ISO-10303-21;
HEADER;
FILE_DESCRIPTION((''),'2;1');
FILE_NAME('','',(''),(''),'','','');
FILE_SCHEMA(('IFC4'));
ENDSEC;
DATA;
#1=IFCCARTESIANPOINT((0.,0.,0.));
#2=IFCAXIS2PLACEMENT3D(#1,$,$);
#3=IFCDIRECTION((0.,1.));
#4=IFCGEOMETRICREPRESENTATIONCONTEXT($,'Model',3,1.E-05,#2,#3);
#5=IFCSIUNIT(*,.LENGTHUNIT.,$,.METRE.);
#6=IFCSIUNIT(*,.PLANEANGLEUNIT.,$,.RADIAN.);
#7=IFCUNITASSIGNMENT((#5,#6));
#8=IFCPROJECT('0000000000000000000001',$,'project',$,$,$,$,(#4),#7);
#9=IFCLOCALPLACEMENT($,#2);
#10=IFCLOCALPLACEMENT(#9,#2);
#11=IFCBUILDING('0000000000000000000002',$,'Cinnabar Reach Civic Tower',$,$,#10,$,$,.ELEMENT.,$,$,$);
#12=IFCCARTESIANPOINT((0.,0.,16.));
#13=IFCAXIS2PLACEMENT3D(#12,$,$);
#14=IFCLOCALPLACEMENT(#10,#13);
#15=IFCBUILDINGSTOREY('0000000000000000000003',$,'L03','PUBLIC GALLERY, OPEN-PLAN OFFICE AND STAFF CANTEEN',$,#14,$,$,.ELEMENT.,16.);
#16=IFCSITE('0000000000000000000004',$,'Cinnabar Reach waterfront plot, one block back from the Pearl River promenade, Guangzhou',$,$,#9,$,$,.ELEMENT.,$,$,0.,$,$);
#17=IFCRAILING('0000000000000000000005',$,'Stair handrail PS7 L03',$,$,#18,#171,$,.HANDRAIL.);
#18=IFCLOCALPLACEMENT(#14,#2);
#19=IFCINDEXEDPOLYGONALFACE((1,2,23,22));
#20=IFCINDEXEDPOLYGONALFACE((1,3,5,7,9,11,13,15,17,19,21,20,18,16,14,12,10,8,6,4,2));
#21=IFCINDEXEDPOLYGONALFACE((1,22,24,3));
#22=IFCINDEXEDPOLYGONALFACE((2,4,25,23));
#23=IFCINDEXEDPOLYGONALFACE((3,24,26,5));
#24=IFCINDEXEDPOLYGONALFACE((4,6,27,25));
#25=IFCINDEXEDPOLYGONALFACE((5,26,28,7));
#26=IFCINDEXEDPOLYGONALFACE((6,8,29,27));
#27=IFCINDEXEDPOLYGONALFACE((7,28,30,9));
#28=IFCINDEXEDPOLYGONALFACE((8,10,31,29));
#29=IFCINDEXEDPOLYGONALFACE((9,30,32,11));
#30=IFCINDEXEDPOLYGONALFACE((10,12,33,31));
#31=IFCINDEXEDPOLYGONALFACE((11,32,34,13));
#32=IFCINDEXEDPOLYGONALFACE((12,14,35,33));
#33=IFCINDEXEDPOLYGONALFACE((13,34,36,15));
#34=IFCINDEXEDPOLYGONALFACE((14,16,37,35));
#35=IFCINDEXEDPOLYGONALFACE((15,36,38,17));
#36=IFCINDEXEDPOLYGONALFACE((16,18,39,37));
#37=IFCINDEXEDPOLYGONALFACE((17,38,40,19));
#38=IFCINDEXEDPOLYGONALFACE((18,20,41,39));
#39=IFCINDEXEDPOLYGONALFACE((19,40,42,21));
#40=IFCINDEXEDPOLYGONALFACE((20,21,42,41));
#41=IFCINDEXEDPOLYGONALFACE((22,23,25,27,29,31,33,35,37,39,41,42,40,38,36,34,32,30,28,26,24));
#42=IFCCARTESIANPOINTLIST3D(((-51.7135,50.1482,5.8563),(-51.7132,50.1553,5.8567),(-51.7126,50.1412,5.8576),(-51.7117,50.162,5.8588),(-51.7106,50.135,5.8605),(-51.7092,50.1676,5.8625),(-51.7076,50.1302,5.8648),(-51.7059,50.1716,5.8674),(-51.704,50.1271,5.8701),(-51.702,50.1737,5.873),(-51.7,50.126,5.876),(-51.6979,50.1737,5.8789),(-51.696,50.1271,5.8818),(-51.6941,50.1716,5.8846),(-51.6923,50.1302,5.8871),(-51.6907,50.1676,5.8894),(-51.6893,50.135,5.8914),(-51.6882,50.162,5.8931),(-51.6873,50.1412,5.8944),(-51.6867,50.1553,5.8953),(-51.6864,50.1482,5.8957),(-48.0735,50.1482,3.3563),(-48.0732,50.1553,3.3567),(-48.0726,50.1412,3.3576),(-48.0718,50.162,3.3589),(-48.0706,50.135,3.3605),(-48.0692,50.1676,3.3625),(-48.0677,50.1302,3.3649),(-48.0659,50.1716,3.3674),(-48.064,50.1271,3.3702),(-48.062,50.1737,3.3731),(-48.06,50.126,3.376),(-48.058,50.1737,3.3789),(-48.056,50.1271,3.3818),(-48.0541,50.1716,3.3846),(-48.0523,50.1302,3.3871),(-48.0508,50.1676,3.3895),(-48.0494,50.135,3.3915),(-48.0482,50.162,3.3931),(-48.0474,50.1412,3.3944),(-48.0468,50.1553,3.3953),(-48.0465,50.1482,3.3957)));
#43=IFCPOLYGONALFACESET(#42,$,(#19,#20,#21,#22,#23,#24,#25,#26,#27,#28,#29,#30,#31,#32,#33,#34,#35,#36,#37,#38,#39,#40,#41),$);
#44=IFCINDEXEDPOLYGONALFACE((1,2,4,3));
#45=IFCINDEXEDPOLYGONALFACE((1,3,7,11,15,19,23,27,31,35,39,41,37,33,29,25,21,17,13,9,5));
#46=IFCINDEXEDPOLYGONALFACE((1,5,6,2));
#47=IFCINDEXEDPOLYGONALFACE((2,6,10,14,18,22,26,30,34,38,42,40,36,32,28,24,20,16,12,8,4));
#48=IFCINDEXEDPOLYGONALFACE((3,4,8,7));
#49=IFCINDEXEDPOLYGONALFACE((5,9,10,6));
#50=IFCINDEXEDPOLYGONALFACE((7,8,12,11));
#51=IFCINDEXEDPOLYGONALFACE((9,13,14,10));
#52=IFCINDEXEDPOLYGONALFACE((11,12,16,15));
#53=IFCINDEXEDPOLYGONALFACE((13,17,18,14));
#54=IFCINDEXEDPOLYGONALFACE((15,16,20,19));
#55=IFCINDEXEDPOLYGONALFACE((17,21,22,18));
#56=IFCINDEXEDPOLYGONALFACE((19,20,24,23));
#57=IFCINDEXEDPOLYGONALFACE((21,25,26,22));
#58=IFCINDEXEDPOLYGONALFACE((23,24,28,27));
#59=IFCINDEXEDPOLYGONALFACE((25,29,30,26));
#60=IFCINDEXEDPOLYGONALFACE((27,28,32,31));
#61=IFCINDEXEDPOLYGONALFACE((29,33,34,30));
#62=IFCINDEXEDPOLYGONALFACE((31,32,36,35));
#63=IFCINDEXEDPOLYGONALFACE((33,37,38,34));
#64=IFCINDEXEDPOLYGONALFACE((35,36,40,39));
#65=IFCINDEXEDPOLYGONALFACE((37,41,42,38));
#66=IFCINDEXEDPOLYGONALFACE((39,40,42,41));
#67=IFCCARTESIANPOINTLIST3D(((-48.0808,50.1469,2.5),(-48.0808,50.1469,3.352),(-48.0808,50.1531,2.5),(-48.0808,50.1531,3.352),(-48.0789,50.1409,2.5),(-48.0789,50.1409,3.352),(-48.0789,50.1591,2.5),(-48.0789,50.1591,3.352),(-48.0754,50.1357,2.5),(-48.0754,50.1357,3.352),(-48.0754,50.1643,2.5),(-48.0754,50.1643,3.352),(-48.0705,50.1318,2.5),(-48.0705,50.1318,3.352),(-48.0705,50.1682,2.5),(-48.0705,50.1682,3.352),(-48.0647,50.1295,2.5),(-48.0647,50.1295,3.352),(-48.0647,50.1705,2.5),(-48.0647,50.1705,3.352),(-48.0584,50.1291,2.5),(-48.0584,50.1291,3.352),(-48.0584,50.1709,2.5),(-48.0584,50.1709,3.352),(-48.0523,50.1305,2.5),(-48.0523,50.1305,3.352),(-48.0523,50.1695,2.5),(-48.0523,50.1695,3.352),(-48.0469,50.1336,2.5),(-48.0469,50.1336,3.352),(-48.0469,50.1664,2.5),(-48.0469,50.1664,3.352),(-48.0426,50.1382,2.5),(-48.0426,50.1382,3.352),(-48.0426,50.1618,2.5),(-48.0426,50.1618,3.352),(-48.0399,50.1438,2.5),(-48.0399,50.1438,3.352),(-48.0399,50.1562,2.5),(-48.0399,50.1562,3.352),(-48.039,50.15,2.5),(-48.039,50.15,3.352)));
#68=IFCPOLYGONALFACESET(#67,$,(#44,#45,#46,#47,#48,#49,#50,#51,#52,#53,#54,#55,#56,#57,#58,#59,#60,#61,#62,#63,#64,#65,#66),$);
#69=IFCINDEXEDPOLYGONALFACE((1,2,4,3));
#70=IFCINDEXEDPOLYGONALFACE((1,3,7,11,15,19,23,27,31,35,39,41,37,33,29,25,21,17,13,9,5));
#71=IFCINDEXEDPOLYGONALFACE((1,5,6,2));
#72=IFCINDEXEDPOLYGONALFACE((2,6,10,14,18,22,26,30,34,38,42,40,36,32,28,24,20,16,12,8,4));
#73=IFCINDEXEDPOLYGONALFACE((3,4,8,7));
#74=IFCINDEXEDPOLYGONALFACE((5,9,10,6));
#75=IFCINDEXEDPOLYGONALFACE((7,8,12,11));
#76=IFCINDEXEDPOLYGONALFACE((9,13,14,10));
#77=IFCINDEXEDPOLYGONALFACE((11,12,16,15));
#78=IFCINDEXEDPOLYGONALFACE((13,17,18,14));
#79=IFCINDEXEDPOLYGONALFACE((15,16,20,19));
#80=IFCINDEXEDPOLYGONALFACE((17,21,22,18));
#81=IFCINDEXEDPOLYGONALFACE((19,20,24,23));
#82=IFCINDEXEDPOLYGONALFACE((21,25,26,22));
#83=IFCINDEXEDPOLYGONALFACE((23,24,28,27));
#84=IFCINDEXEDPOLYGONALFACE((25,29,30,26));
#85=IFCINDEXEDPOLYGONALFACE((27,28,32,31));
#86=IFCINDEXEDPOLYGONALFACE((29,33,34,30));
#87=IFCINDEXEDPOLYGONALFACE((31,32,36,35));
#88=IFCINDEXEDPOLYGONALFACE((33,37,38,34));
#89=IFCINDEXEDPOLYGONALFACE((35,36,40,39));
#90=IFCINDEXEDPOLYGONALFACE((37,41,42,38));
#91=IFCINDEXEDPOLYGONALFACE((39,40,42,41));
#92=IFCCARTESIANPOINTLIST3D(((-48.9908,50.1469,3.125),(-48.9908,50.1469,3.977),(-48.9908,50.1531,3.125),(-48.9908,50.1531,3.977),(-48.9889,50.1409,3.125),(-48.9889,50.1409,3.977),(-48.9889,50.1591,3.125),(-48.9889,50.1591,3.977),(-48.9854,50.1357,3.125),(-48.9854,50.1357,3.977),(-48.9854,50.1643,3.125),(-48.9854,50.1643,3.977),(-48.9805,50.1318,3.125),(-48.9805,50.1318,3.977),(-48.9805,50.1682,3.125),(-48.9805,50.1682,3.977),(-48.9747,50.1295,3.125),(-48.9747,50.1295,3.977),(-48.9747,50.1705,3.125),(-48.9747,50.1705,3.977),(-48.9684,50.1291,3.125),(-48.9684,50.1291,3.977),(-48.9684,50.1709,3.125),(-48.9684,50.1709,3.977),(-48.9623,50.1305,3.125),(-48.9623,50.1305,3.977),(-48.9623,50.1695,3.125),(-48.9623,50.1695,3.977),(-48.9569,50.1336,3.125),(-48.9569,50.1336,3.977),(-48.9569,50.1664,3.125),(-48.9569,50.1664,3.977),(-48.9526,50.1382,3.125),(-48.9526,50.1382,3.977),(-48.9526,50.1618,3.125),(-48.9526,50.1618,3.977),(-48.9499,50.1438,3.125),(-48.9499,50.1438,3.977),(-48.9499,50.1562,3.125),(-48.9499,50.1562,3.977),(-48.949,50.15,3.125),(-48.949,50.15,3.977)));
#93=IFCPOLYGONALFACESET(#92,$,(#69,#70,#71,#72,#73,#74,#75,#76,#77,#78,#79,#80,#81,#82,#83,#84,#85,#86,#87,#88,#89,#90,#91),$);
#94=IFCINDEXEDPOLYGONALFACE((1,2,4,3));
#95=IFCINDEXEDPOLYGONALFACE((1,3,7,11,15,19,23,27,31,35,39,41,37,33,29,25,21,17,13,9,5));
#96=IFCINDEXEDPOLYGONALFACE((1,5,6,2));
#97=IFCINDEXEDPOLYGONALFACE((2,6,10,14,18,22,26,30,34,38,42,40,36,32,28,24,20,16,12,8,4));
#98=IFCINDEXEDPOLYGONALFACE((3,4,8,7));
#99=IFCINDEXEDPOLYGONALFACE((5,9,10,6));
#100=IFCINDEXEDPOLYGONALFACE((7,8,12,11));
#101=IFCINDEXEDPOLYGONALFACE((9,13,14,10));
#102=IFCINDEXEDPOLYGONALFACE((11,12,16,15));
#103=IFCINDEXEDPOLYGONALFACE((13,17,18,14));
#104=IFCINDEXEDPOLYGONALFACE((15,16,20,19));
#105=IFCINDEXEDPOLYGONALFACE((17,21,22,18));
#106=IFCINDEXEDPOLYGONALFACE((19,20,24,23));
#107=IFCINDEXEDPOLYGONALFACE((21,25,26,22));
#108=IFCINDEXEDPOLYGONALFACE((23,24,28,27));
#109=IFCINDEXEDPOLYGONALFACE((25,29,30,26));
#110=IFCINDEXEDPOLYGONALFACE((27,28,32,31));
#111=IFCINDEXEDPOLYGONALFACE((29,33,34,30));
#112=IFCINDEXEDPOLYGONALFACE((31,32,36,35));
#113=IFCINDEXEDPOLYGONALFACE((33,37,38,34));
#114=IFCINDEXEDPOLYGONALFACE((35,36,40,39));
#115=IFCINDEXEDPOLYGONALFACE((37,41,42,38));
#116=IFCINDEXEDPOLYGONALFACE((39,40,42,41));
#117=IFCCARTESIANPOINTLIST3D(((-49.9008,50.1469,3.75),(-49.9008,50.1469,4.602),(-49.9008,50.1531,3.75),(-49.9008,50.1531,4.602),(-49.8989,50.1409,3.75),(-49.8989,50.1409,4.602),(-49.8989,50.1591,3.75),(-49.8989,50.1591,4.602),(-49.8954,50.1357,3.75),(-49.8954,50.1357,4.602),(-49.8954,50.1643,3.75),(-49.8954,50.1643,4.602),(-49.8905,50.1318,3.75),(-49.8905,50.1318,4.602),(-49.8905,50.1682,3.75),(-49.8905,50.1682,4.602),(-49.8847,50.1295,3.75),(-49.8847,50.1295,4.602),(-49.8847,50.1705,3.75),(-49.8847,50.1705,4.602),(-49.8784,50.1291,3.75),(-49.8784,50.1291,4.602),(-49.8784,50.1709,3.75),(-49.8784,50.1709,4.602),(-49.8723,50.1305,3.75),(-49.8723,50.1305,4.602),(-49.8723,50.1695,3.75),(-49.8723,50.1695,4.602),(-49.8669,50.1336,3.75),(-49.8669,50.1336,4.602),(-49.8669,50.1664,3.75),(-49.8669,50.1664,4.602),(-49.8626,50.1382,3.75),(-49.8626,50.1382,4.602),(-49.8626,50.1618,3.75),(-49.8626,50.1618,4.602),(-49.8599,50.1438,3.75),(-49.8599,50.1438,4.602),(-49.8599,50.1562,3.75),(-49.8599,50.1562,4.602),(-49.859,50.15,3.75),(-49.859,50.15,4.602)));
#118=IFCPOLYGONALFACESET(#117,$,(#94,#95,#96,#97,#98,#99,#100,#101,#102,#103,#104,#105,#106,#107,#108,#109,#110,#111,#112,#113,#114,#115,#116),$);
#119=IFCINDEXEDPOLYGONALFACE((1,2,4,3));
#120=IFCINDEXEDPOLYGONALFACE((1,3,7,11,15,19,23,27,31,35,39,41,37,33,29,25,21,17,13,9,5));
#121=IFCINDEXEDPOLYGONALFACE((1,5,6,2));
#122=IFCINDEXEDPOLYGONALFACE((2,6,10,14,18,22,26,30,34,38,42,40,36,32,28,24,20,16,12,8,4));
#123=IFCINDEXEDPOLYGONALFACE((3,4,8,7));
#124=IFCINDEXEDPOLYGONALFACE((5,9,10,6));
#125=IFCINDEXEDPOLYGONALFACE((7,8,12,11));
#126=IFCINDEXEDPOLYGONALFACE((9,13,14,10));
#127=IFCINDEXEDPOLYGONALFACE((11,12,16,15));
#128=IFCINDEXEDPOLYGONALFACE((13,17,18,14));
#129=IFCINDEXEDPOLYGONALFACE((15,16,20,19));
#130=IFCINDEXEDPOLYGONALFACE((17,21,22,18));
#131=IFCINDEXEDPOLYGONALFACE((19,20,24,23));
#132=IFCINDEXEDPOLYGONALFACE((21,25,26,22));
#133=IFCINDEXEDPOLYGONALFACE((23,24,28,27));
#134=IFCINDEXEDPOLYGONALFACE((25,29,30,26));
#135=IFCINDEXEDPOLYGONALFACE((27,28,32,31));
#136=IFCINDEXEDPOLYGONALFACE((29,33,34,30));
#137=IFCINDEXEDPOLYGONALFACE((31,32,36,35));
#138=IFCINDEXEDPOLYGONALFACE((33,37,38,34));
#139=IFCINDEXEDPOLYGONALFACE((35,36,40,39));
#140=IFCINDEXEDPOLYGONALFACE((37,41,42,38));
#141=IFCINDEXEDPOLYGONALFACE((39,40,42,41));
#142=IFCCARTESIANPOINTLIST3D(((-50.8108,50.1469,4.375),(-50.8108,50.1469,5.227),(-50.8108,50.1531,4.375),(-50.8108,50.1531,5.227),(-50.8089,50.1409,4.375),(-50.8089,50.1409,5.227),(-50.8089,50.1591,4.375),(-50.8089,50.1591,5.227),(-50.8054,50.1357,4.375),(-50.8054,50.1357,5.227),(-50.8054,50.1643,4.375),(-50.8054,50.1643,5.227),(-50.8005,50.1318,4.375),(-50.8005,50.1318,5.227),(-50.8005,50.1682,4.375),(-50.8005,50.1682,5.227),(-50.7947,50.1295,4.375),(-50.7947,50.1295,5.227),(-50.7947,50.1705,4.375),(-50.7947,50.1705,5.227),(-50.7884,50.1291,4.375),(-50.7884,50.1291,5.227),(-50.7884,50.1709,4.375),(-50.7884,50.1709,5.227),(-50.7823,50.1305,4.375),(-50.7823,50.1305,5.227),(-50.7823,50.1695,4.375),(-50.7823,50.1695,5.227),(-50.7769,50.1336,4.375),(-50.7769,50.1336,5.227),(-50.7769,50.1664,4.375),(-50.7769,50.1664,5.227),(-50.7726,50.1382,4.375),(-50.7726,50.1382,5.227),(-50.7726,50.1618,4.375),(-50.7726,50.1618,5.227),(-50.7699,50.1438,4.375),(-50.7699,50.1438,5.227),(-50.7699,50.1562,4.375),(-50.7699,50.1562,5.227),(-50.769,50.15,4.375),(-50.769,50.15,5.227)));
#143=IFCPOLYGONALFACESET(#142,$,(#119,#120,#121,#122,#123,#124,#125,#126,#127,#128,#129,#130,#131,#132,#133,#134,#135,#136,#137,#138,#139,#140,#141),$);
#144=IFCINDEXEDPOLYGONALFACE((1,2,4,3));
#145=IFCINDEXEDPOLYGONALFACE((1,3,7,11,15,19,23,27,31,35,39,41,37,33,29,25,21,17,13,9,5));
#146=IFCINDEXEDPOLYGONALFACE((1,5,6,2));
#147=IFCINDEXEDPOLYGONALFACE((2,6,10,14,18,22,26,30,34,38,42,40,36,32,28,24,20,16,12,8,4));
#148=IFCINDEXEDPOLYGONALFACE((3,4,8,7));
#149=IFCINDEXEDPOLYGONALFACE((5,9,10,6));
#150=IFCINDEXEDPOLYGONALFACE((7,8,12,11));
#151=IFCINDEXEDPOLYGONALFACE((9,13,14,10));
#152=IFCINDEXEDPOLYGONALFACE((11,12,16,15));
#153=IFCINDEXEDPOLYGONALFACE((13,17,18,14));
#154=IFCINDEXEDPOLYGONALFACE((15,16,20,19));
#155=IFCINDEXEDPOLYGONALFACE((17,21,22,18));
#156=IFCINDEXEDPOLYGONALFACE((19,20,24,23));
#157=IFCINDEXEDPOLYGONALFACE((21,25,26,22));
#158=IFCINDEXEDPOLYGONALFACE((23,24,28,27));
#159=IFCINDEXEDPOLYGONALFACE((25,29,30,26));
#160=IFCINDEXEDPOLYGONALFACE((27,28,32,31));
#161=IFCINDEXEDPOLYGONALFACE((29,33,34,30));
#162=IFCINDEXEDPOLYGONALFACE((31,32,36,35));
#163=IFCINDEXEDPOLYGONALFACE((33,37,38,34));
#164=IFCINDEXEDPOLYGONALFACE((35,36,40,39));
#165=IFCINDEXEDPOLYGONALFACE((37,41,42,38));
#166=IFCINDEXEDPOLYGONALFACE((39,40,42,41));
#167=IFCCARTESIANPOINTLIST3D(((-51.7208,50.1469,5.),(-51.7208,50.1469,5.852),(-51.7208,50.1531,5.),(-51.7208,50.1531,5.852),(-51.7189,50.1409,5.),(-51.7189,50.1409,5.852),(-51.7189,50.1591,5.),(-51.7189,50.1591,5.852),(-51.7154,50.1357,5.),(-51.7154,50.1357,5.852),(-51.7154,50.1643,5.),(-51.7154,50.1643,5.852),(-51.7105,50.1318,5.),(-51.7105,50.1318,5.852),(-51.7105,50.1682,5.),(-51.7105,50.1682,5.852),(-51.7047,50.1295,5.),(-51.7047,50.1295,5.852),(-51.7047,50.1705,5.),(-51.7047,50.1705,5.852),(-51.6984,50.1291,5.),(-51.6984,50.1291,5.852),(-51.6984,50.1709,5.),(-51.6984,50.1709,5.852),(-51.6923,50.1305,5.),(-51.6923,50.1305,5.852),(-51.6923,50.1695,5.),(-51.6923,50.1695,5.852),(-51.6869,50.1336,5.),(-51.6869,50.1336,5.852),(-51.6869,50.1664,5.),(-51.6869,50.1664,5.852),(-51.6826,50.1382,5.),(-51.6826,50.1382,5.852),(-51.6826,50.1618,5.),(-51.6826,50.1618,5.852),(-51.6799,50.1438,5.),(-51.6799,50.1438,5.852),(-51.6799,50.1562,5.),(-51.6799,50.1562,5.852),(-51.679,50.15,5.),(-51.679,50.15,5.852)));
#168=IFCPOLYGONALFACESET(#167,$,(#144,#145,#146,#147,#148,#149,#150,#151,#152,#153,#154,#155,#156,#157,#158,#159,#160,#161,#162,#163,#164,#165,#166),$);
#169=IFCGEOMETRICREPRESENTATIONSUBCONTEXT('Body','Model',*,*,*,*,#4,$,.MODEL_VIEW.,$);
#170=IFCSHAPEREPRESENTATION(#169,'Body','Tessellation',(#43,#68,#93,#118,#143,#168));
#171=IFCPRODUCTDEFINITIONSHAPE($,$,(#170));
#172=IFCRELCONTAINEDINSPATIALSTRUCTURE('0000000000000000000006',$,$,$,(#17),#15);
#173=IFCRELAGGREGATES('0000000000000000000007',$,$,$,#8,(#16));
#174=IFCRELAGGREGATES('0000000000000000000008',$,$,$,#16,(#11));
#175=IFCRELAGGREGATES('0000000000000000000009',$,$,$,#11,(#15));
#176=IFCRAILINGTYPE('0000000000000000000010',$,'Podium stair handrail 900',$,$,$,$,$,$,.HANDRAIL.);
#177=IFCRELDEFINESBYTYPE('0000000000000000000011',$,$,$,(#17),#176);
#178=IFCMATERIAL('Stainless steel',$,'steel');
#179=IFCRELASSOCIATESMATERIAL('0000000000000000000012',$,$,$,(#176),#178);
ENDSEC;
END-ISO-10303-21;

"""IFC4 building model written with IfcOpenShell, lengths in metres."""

from ifc_helpers import new_model, si_unit, direction, frame, origin, origin_2d, place, context, subcontext, project, spatial, circle, extrude, material, type_object, element, save


model = new_model("IFC4")

# Units and contexts
model_context = context("Model", 3, precision=1e-05, world=origin(), true_north=direction((0.0, 1.0)))
body_context = subcontext(model_context, "Body", "Model", "MODEL_VIEW")
ifc_project = project(units=[si_unit("LENGTHUNIT", "METRE"), si_unit("PLANEANGLEUNIT", "RADIAN")], contexts=[model_context])

# Site, building, storey
site_placement = place(None, origin())
site = spatial("IfcSite", under=ifc_project, at=site_placement, Name="Cinnabar Reach waterfront plot, one block back from the Pearl River promenade, Guangzhou", CompositionType="ELEMENT", RefElevation=0.0)
building_placement = place(site_placement, origin())
building = spatial("IfcBuilding", under=site, at=building_placement, Name="Cinnabar Reach Civic Tower", CompositionType="ELEMENT")
storey_placement = place(building_placement, frame((0.0, 0.0, 16.0)))
storey = spatial("IfcBuildingStorey", under=building, at=storey_placement, Name="L03", Description="PUBLIC GALLERY, OPEN-PLAN OFFICE AND STAFF CANTEEN", CompositionType="ELEMENT", Elevation=16.0)

# Railing
ifc_material_1 = material(Name="Stainless steel", Category="steel")
railing_type_1 = type_object("IfcRailingType", Name="Podium stair handrail 900", PredefinedType="HANDRAIL", material=ifc_material_1)
railing_1_placement = place(storey_placement, frame((-48.06, 50.15, 2.5)))
element("IfcRailing", 1, at=railing_1_placement, inside=storey, type_object=railing_type_1, Name="Stair handrail PS7 L03", PredefinedType="HANDRAIL", context=body_context, shape_type="SweptSolid", body=[
    extrude(circle(Radius=0.024, at=origin_2d()), frame((0.0, 0.0, 0.876), z_axis=(-0.824306, 0.0, 0.566144), x_axis=(0.0, -1.0, 0.0)), (0.0, 0.0, 1.0), 4.4158),
    extrude(circle(Radius=0.021, at=origin_2d()), origin(), (0.0, 0.0, 1.0), 0.852),
    extrude(circle(Radius=0.021, at=origin_2d()), frame((-0.91, 0.0, 0.625)), (0.0, 0.0, 1.0), 0.852),
    extrude(circle(Radius=0.021, at=origin_2d()), frame((-1.82, 0.0, 1.25)), (0.0, 0.0, 1.0), 0.852),
    extrude(circle(Radius=0.021, at=origin_2d()), frame((-2.73, 0.0, 1.875)), (0.0, 0.0, 1.0), 0.852),
    extrude(circle(Radius=0.021, at=origin_2d()), frame((-3.64, 0.0, 2.5)), (0.0, 0.0, 1.0), 0.852),
])

save(model, "model.ifc")
